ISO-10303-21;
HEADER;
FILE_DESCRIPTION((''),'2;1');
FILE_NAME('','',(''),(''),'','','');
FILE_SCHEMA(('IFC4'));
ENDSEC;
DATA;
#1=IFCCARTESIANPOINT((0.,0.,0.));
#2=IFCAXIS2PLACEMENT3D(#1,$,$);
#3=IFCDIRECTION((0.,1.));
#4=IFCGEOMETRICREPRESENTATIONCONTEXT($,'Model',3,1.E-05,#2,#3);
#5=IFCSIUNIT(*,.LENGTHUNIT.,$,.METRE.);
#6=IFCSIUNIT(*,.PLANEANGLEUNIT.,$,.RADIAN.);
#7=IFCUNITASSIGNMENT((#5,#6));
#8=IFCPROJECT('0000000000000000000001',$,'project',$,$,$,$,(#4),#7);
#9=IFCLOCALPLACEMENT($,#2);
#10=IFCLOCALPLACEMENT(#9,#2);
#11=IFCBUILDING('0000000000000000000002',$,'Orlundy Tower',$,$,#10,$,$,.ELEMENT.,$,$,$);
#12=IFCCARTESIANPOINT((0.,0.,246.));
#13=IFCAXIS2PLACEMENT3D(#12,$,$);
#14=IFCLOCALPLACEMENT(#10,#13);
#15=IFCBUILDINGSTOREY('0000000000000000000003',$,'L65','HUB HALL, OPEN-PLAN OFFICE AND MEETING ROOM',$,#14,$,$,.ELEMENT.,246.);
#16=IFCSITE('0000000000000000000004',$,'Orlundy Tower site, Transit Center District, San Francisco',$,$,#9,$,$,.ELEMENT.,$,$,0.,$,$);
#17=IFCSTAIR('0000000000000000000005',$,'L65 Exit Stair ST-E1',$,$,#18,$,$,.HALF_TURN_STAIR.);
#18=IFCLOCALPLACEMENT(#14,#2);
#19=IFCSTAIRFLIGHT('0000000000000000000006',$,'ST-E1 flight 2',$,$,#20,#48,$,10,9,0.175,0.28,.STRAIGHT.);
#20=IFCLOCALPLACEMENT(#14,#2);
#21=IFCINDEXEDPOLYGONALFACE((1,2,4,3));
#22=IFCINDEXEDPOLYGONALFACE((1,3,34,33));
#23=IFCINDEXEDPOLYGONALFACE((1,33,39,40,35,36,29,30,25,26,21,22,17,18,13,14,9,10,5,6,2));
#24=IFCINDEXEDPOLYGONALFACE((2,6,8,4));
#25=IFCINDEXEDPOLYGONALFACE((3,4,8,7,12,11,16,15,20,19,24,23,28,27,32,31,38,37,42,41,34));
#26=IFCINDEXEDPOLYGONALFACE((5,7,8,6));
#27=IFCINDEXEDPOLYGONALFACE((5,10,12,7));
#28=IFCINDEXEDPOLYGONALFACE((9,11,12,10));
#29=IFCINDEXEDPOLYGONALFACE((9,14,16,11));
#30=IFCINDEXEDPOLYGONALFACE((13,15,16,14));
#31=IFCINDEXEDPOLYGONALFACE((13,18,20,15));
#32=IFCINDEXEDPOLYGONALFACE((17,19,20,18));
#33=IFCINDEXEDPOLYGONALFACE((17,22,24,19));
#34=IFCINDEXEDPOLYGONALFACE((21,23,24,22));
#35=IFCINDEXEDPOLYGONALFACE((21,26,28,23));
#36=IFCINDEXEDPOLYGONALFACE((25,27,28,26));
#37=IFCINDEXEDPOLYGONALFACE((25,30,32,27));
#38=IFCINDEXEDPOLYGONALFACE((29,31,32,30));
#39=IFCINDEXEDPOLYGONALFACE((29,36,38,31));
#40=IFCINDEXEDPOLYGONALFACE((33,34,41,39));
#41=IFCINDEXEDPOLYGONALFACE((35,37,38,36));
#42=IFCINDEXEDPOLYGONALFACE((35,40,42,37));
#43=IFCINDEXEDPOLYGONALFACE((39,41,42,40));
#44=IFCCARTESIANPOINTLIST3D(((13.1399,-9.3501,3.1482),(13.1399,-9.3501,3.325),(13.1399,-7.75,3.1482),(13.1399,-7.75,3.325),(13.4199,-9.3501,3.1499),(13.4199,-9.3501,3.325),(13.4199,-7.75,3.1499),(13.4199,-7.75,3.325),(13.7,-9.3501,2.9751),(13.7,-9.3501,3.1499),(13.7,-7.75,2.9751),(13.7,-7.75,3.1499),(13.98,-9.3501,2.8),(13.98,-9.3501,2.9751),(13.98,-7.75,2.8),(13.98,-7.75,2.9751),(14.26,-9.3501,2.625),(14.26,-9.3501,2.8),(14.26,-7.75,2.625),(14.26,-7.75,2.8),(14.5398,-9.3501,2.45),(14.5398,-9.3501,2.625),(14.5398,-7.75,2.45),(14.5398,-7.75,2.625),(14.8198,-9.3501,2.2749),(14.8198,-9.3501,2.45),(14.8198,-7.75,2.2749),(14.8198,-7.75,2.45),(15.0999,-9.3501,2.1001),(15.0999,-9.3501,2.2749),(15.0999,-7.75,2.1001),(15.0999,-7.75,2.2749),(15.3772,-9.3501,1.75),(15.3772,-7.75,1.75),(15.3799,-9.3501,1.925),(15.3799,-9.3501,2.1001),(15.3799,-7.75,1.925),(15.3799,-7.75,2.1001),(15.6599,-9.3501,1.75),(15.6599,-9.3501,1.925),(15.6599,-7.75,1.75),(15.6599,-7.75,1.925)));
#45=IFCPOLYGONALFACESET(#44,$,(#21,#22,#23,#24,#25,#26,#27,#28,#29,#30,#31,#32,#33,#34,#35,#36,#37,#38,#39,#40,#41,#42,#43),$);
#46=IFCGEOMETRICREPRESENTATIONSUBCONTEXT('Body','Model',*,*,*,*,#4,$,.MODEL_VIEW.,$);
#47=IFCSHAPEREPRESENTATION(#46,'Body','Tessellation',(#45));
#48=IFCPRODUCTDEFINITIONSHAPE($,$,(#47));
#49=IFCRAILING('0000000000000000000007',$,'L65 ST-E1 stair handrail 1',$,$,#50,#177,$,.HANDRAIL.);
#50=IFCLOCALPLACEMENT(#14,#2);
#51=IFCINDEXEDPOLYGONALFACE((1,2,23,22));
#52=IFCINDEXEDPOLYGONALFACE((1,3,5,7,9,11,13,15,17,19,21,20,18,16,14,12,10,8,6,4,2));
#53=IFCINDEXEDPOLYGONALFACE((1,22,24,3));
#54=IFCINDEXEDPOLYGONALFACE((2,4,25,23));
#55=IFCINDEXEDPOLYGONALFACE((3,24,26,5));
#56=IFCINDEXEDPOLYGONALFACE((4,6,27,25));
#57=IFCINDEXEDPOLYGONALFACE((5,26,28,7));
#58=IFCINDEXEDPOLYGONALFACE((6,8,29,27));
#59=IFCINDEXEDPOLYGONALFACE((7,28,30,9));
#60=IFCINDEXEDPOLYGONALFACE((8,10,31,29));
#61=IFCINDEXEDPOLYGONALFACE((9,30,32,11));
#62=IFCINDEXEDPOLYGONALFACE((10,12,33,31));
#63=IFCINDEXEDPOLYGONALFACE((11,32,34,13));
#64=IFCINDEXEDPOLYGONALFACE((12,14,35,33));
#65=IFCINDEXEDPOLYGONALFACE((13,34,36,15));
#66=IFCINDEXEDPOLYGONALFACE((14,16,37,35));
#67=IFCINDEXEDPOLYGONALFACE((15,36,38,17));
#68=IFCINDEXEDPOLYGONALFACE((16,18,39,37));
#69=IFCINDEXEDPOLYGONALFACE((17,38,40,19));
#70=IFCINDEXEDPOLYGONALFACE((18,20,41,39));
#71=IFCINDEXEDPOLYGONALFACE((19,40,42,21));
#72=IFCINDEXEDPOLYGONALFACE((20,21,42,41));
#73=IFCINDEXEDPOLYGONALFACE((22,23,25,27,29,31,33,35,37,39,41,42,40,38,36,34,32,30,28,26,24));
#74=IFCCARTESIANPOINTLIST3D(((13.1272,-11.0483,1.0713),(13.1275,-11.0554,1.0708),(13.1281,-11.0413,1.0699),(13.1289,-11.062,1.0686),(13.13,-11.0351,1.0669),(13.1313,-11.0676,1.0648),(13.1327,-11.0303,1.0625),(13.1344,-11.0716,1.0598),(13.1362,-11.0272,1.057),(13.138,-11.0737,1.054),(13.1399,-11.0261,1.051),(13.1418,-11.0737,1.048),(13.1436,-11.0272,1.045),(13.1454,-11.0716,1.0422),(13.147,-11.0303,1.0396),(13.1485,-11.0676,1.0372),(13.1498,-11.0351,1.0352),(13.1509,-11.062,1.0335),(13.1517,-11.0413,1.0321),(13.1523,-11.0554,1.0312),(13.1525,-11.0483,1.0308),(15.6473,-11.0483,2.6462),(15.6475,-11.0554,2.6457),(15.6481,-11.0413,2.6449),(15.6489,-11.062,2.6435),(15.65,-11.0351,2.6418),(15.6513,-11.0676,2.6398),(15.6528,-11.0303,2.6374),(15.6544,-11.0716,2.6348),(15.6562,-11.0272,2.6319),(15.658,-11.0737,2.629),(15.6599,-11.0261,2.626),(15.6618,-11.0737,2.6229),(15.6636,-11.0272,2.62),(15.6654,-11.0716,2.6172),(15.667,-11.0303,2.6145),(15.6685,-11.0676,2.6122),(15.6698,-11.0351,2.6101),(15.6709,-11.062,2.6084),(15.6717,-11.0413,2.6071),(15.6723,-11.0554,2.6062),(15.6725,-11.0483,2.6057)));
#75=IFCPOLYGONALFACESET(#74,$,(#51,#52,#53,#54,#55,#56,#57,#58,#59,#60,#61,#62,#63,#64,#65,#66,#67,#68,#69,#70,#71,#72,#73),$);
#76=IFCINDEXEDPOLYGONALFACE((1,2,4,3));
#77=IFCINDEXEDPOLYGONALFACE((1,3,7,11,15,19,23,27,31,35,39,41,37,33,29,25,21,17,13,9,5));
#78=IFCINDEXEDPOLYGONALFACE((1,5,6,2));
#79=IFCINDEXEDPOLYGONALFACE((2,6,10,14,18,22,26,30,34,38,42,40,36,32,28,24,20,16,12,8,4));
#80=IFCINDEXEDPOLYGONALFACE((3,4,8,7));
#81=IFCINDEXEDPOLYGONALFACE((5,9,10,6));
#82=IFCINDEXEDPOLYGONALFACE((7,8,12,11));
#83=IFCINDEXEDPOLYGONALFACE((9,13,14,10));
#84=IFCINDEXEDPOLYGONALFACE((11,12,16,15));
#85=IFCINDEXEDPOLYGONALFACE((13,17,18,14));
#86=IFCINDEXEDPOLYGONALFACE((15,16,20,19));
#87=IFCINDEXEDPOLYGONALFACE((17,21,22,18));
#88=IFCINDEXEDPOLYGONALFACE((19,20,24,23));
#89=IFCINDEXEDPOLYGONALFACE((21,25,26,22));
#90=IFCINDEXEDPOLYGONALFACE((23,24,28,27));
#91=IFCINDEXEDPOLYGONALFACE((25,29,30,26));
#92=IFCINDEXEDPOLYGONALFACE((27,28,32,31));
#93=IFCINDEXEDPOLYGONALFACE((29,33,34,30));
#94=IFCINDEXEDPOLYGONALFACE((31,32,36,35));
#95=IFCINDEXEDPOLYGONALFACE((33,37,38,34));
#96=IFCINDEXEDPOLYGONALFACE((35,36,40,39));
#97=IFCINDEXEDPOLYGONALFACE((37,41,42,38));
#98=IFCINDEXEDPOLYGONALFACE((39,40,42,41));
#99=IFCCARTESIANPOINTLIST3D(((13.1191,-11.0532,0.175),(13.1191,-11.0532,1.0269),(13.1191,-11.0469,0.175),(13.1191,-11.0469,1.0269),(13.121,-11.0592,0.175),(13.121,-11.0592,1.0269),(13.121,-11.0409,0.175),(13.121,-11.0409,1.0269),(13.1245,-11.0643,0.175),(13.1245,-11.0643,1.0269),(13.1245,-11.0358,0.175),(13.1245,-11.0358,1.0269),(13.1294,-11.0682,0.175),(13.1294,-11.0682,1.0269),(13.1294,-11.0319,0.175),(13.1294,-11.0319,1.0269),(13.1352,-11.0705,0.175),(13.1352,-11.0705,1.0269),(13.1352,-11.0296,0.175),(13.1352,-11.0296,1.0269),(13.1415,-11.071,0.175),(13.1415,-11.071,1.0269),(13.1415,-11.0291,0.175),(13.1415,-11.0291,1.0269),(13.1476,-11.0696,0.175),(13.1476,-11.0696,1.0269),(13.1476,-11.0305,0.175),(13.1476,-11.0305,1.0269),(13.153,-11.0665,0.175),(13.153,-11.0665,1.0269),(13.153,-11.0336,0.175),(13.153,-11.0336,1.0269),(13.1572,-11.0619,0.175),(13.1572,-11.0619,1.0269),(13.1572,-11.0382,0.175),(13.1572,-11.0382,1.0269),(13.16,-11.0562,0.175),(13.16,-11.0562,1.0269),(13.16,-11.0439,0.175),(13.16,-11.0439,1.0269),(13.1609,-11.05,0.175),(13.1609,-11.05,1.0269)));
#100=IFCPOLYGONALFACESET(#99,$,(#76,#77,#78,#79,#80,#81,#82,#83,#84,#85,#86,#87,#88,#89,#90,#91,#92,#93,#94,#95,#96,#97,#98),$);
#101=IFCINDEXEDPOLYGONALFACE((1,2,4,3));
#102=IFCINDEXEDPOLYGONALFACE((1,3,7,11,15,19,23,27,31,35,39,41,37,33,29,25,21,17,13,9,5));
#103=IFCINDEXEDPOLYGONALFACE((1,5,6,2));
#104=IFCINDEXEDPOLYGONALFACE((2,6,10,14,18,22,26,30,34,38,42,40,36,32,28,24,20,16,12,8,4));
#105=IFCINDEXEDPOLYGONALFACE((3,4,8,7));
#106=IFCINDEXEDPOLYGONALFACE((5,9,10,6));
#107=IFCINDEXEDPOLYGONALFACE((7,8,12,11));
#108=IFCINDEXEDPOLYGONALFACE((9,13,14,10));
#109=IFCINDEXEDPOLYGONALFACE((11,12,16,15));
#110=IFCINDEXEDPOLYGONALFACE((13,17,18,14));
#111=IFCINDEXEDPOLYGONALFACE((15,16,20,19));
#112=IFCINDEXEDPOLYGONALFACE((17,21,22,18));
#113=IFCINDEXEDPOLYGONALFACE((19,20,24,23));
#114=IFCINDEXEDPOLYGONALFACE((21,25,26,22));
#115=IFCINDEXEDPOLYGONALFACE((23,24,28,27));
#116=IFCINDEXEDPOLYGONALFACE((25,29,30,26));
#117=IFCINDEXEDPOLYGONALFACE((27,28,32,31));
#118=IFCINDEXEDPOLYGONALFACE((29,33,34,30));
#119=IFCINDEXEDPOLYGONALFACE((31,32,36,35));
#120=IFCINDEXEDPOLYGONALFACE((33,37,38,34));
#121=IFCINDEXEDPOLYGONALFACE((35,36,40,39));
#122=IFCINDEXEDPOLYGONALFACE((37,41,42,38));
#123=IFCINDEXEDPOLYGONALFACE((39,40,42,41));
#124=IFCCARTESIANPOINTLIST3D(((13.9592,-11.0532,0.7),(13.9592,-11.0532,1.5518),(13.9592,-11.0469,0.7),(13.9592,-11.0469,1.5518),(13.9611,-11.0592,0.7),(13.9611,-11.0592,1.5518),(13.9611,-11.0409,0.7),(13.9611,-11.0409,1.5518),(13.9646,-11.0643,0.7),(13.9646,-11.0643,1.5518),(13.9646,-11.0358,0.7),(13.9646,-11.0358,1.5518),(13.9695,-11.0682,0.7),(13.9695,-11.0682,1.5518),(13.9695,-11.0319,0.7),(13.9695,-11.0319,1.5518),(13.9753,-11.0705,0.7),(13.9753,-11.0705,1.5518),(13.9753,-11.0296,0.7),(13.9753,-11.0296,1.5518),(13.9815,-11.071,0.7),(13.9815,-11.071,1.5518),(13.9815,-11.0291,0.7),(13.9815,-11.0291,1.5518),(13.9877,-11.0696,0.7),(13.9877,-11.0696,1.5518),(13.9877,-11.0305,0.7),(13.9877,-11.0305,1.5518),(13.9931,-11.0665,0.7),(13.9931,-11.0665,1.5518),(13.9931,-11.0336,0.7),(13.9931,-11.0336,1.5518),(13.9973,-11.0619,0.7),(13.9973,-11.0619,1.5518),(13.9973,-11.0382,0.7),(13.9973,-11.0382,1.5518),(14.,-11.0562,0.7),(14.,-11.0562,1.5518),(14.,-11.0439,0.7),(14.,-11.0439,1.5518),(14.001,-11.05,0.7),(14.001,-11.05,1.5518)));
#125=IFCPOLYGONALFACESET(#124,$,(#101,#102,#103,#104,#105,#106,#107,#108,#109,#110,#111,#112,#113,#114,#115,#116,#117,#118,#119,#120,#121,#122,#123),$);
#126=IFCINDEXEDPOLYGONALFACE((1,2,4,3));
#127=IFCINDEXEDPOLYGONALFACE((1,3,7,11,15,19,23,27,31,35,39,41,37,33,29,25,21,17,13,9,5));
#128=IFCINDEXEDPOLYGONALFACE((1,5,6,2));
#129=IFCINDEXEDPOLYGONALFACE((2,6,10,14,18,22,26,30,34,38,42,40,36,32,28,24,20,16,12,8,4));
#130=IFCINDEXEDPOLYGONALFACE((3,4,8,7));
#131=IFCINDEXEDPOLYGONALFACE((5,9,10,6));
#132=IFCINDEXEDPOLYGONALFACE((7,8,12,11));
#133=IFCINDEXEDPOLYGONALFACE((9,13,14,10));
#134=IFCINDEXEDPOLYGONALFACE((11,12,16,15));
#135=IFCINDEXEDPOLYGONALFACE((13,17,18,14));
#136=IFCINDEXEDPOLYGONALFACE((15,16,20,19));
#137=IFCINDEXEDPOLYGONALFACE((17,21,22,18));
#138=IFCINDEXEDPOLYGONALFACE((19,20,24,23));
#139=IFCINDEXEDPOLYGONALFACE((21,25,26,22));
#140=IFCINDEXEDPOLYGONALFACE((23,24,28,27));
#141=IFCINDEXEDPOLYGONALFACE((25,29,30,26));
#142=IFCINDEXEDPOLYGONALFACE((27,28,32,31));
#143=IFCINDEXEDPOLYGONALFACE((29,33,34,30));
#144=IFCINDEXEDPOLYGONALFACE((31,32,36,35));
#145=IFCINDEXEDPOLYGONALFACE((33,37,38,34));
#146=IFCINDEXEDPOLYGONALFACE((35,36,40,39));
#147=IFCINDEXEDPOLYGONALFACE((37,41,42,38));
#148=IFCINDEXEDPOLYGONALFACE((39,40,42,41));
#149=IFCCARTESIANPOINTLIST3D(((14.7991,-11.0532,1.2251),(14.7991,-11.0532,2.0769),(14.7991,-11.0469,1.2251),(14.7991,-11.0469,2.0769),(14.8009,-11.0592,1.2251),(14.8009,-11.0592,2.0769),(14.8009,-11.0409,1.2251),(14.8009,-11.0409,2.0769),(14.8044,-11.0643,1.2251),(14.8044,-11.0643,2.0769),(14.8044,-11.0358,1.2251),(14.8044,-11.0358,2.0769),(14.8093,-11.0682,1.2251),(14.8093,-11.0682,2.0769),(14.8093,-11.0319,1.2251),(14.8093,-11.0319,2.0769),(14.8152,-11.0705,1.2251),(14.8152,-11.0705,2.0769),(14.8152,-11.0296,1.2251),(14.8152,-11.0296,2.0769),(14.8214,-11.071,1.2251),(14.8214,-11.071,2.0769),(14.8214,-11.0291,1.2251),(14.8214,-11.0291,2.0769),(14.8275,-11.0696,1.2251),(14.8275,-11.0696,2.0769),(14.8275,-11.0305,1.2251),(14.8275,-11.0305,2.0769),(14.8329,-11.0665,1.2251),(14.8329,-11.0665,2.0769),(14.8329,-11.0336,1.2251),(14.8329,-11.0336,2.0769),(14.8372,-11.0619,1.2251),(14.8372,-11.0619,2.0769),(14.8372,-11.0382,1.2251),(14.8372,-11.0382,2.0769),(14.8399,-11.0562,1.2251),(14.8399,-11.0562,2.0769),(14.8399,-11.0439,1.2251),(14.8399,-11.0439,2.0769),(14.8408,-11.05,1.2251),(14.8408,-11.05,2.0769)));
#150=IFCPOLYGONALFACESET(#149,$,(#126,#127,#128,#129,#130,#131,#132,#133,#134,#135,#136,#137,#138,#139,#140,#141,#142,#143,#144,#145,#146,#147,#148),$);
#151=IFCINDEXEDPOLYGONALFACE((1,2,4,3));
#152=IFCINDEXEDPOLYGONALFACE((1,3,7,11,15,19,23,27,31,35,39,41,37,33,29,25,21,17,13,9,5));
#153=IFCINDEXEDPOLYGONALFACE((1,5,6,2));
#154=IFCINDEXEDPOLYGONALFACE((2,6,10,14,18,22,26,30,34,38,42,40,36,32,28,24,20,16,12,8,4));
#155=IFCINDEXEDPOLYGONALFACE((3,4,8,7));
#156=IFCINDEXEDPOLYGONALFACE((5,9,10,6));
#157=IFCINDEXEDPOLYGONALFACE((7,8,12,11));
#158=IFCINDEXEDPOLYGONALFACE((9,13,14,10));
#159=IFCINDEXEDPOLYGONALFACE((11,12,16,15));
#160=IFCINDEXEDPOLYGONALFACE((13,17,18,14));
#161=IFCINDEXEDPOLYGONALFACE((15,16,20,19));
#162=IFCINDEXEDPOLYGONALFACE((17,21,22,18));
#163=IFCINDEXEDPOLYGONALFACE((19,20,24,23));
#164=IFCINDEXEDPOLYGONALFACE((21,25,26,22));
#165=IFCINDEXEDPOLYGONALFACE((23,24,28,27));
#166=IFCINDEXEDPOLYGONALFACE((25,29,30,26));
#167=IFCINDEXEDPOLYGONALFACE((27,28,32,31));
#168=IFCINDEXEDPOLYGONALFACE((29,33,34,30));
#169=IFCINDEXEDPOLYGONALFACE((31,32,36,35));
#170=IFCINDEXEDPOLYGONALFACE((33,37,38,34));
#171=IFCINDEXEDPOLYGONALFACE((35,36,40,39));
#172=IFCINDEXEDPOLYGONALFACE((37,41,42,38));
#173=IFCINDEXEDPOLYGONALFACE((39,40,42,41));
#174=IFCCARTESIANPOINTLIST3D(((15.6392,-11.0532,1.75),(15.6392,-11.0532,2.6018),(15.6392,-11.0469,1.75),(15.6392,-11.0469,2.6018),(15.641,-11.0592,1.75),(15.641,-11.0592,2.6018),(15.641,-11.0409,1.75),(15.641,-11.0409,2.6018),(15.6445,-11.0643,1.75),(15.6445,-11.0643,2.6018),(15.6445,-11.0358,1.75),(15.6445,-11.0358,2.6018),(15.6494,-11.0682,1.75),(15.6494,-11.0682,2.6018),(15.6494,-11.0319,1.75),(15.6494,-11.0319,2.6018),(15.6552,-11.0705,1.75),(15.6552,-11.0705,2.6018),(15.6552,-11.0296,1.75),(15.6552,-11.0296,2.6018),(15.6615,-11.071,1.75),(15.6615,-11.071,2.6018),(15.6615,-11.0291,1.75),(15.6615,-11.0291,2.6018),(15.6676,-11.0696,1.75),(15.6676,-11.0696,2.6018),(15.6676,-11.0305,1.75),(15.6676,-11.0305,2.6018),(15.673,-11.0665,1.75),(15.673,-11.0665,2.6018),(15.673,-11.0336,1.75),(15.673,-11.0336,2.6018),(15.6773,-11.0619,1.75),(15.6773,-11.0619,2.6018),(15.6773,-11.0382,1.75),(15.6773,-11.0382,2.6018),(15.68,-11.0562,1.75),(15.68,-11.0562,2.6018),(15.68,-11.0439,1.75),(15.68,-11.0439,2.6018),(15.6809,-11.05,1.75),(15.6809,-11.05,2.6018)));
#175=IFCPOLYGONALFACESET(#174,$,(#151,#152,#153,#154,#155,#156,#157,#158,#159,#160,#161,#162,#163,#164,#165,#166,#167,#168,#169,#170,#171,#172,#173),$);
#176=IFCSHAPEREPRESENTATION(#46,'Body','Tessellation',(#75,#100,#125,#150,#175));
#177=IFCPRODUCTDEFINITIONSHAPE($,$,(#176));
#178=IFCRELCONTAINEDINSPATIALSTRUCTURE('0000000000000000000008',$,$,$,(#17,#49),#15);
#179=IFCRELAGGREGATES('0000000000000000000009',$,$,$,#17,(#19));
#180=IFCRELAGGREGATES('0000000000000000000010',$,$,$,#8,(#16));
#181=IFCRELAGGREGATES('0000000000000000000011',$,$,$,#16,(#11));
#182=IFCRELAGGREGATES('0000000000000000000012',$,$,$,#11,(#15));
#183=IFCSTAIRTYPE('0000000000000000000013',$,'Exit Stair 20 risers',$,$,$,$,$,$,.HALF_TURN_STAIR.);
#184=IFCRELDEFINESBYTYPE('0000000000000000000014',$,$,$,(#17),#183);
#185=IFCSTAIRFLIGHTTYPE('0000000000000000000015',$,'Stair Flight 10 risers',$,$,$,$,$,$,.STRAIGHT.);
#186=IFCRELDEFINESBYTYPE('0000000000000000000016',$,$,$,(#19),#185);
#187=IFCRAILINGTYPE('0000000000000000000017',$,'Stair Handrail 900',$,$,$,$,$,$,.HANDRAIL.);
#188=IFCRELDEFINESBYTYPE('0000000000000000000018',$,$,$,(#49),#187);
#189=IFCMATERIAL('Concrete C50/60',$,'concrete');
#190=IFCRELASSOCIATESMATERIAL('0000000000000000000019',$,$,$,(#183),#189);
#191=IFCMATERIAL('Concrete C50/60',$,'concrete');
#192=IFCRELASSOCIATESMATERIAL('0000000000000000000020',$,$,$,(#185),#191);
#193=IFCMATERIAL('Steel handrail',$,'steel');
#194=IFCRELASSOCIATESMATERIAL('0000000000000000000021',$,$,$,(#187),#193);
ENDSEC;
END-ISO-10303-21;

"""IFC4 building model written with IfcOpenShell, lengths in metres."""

from ifc_helpers import new_model, si_unit, direction, frame, origin, origin_2d, place, context, subcontext, project, spatial, polyline, circle, outline, extrude, material, type_object, element, aggregate, save


model = new_model("IFC4")

# Units and contexts
model_context = context("Model", 3, precision=1e-05, world=origin(), true_north=direction((0.0, 1.0)))
body_context = subcontext(model_context, "Body", "Model", "MODEL_VIEW")
ifc_project = project(units=[si_unit("LENGTHUNIT", "METRE"), si_unit("PLANEANGLEUNIT", "RADIAN")], contexts=[model_context])

# Site, building, storey
site_placement = place(None, origin())
site = spatial("IfcSite", under=ifc_project, at=site_placement, Name="Orlundy Tower site, Transit Center District, San Francisco", CompositionType="ELEMENT", RefElevation=0.0)
building_placement = place(site_placement, origin())
building = spatial("IfcBuilding", under=site, at=building_placement, Name="Orlundy Tower", CompositionType="ELEMENT")
storey_placement = place(building_placement, frame((0.0, 0.0, 246.0)))
storey = spatial("IfcBuildingStorey", under=building, at=storey_placement, Name="L65", Description="HUB HALL, OPEN-PLAN OFFICE AND MEETING ROOM", CompositionType="ELEMENT", Elevation=246.0)

# Stair, stair flight
ifc_material_1 = material(Name="Concrete C50/60", Category="concrete")
stair_type = type_object("IfcStairType", Name="Exit Stair 20 risers", PredefinedType="HALF_TURN_STAIR", material=ifc_material_1)
stair_placement = place(storey_placement, origin())
stair = element("IfcStair", 1, at=stair_placement, inside=storey, type_object=stair_type, Name="L65 Exit Stair ST-E1", PredefinedType="HALF_TURN_STAIR")
ifc_material_2 = material(Name="Concrete C50/60", Category="concrete")
stair_flight_type = type_object("IfcStairFlightType", Name="Stair Flight 10 risers", PredefinedType="STRAIGHT", material=ifc_material_2)
stair_flight_1_placement = place(storey_placement, frame((15.6599, -8.55, 1.75), z_axis=(0.0, 0.0, 1.0), x_axis=(-1.0, 0.0, 0.0)))
stair_flight_1 = element("IfcStairFlight", 2, at=stair_flight_1_placement, type_object=stair_flight_type, Name="ST-E1 flight 2", NumberOfRisers=10, NumberOfTreads=9, PredefinedType="STRAIGHT", RiserHeight=0.175, TreadLength=0.28, context=body_context, shape_type="SweptSolid", body=[
    extrude(outline(polyline([(0.0, 0.0), (0.0, 0.175), (0.28, 0.175), (0.28, 0.3501), (0.5601, 0.3501), (0.5601, 0.5249), (0.8401, 0.5249), (0.8401, 0.7), (1.1201, 0.7), (1.1201, 0.875), (1.3999, 0.875), (1.3999, 1.05), (1.6799, 1.05), (1.6799, 1.2251), (1.96, 1.2251), (1.96, 1.3999), (2.24, 1.3999), (2.24, 1.575), (2.52, 1.575), (2.52, 1.75), (2.52, 1.3982), (0.2827, 0.0), (0.0, 0.0)])), frame((0.0, 0.8, 0.0), z_axis=(0.0, -1.0, 0.0), x_axis=(1.0, 0.0, 0.0)), (0.0, 0.0, 1.0), 1.6001),
])
aggregate(stair, [stair_flight_1])

# Railing
ifc_material_3 = material(Name="Steel handrail", Category="steel")
railing_type_1 = type_object("IfcRailingType", Name="Stair Handrail 900", PredefinedType="HANDRAIL", material=ifc_material_3)
railing_1_placement = place(storey_placement, frame((13.1399, -11.05, 0.175)))
element("IfcRailing", 3, at=railing_1_placement, inside=storey, type_object=railing_type_1, Name="L65 ST-E1 stair handrail 1", PredefinedType="HANDRAIL", context=body_context, shape_type="SweptSolid", body=[
    extrude(circle(Radius=0.0239, at=origin_2d()), frame((0.0, 0.0, 0.876), z_axis=(0.848008, 0.0, 0.529984), x_axis=(0.0, 1.0, 0.0)), (0.0, 0.0, 1.0), 2.9717),
    extrude(circle(Radius=0.021, at=origin_2d()), origin(), (0.0, 0.0, 1.0), 0.8518),
    extrude(circle(Radius=0.021, at=origin_2d()), frame((0.8401, 0.0, 0.5249)), (0.0, 0.0, 1.0), 0.8518),
    extrude(circle(Radius=0.021, at=origin_2d()), frame((1.6799, 0.0, 1.05)), (0.0, 0.0, 1.0), 0.8518),
    extrude(circle(Radius=0.021, at=origin_2d()), frame((2.52, 0.0, 1.575)), (0.0, 0.0, 1.0), 0.8518),
])

save(model, "model.ifc")
